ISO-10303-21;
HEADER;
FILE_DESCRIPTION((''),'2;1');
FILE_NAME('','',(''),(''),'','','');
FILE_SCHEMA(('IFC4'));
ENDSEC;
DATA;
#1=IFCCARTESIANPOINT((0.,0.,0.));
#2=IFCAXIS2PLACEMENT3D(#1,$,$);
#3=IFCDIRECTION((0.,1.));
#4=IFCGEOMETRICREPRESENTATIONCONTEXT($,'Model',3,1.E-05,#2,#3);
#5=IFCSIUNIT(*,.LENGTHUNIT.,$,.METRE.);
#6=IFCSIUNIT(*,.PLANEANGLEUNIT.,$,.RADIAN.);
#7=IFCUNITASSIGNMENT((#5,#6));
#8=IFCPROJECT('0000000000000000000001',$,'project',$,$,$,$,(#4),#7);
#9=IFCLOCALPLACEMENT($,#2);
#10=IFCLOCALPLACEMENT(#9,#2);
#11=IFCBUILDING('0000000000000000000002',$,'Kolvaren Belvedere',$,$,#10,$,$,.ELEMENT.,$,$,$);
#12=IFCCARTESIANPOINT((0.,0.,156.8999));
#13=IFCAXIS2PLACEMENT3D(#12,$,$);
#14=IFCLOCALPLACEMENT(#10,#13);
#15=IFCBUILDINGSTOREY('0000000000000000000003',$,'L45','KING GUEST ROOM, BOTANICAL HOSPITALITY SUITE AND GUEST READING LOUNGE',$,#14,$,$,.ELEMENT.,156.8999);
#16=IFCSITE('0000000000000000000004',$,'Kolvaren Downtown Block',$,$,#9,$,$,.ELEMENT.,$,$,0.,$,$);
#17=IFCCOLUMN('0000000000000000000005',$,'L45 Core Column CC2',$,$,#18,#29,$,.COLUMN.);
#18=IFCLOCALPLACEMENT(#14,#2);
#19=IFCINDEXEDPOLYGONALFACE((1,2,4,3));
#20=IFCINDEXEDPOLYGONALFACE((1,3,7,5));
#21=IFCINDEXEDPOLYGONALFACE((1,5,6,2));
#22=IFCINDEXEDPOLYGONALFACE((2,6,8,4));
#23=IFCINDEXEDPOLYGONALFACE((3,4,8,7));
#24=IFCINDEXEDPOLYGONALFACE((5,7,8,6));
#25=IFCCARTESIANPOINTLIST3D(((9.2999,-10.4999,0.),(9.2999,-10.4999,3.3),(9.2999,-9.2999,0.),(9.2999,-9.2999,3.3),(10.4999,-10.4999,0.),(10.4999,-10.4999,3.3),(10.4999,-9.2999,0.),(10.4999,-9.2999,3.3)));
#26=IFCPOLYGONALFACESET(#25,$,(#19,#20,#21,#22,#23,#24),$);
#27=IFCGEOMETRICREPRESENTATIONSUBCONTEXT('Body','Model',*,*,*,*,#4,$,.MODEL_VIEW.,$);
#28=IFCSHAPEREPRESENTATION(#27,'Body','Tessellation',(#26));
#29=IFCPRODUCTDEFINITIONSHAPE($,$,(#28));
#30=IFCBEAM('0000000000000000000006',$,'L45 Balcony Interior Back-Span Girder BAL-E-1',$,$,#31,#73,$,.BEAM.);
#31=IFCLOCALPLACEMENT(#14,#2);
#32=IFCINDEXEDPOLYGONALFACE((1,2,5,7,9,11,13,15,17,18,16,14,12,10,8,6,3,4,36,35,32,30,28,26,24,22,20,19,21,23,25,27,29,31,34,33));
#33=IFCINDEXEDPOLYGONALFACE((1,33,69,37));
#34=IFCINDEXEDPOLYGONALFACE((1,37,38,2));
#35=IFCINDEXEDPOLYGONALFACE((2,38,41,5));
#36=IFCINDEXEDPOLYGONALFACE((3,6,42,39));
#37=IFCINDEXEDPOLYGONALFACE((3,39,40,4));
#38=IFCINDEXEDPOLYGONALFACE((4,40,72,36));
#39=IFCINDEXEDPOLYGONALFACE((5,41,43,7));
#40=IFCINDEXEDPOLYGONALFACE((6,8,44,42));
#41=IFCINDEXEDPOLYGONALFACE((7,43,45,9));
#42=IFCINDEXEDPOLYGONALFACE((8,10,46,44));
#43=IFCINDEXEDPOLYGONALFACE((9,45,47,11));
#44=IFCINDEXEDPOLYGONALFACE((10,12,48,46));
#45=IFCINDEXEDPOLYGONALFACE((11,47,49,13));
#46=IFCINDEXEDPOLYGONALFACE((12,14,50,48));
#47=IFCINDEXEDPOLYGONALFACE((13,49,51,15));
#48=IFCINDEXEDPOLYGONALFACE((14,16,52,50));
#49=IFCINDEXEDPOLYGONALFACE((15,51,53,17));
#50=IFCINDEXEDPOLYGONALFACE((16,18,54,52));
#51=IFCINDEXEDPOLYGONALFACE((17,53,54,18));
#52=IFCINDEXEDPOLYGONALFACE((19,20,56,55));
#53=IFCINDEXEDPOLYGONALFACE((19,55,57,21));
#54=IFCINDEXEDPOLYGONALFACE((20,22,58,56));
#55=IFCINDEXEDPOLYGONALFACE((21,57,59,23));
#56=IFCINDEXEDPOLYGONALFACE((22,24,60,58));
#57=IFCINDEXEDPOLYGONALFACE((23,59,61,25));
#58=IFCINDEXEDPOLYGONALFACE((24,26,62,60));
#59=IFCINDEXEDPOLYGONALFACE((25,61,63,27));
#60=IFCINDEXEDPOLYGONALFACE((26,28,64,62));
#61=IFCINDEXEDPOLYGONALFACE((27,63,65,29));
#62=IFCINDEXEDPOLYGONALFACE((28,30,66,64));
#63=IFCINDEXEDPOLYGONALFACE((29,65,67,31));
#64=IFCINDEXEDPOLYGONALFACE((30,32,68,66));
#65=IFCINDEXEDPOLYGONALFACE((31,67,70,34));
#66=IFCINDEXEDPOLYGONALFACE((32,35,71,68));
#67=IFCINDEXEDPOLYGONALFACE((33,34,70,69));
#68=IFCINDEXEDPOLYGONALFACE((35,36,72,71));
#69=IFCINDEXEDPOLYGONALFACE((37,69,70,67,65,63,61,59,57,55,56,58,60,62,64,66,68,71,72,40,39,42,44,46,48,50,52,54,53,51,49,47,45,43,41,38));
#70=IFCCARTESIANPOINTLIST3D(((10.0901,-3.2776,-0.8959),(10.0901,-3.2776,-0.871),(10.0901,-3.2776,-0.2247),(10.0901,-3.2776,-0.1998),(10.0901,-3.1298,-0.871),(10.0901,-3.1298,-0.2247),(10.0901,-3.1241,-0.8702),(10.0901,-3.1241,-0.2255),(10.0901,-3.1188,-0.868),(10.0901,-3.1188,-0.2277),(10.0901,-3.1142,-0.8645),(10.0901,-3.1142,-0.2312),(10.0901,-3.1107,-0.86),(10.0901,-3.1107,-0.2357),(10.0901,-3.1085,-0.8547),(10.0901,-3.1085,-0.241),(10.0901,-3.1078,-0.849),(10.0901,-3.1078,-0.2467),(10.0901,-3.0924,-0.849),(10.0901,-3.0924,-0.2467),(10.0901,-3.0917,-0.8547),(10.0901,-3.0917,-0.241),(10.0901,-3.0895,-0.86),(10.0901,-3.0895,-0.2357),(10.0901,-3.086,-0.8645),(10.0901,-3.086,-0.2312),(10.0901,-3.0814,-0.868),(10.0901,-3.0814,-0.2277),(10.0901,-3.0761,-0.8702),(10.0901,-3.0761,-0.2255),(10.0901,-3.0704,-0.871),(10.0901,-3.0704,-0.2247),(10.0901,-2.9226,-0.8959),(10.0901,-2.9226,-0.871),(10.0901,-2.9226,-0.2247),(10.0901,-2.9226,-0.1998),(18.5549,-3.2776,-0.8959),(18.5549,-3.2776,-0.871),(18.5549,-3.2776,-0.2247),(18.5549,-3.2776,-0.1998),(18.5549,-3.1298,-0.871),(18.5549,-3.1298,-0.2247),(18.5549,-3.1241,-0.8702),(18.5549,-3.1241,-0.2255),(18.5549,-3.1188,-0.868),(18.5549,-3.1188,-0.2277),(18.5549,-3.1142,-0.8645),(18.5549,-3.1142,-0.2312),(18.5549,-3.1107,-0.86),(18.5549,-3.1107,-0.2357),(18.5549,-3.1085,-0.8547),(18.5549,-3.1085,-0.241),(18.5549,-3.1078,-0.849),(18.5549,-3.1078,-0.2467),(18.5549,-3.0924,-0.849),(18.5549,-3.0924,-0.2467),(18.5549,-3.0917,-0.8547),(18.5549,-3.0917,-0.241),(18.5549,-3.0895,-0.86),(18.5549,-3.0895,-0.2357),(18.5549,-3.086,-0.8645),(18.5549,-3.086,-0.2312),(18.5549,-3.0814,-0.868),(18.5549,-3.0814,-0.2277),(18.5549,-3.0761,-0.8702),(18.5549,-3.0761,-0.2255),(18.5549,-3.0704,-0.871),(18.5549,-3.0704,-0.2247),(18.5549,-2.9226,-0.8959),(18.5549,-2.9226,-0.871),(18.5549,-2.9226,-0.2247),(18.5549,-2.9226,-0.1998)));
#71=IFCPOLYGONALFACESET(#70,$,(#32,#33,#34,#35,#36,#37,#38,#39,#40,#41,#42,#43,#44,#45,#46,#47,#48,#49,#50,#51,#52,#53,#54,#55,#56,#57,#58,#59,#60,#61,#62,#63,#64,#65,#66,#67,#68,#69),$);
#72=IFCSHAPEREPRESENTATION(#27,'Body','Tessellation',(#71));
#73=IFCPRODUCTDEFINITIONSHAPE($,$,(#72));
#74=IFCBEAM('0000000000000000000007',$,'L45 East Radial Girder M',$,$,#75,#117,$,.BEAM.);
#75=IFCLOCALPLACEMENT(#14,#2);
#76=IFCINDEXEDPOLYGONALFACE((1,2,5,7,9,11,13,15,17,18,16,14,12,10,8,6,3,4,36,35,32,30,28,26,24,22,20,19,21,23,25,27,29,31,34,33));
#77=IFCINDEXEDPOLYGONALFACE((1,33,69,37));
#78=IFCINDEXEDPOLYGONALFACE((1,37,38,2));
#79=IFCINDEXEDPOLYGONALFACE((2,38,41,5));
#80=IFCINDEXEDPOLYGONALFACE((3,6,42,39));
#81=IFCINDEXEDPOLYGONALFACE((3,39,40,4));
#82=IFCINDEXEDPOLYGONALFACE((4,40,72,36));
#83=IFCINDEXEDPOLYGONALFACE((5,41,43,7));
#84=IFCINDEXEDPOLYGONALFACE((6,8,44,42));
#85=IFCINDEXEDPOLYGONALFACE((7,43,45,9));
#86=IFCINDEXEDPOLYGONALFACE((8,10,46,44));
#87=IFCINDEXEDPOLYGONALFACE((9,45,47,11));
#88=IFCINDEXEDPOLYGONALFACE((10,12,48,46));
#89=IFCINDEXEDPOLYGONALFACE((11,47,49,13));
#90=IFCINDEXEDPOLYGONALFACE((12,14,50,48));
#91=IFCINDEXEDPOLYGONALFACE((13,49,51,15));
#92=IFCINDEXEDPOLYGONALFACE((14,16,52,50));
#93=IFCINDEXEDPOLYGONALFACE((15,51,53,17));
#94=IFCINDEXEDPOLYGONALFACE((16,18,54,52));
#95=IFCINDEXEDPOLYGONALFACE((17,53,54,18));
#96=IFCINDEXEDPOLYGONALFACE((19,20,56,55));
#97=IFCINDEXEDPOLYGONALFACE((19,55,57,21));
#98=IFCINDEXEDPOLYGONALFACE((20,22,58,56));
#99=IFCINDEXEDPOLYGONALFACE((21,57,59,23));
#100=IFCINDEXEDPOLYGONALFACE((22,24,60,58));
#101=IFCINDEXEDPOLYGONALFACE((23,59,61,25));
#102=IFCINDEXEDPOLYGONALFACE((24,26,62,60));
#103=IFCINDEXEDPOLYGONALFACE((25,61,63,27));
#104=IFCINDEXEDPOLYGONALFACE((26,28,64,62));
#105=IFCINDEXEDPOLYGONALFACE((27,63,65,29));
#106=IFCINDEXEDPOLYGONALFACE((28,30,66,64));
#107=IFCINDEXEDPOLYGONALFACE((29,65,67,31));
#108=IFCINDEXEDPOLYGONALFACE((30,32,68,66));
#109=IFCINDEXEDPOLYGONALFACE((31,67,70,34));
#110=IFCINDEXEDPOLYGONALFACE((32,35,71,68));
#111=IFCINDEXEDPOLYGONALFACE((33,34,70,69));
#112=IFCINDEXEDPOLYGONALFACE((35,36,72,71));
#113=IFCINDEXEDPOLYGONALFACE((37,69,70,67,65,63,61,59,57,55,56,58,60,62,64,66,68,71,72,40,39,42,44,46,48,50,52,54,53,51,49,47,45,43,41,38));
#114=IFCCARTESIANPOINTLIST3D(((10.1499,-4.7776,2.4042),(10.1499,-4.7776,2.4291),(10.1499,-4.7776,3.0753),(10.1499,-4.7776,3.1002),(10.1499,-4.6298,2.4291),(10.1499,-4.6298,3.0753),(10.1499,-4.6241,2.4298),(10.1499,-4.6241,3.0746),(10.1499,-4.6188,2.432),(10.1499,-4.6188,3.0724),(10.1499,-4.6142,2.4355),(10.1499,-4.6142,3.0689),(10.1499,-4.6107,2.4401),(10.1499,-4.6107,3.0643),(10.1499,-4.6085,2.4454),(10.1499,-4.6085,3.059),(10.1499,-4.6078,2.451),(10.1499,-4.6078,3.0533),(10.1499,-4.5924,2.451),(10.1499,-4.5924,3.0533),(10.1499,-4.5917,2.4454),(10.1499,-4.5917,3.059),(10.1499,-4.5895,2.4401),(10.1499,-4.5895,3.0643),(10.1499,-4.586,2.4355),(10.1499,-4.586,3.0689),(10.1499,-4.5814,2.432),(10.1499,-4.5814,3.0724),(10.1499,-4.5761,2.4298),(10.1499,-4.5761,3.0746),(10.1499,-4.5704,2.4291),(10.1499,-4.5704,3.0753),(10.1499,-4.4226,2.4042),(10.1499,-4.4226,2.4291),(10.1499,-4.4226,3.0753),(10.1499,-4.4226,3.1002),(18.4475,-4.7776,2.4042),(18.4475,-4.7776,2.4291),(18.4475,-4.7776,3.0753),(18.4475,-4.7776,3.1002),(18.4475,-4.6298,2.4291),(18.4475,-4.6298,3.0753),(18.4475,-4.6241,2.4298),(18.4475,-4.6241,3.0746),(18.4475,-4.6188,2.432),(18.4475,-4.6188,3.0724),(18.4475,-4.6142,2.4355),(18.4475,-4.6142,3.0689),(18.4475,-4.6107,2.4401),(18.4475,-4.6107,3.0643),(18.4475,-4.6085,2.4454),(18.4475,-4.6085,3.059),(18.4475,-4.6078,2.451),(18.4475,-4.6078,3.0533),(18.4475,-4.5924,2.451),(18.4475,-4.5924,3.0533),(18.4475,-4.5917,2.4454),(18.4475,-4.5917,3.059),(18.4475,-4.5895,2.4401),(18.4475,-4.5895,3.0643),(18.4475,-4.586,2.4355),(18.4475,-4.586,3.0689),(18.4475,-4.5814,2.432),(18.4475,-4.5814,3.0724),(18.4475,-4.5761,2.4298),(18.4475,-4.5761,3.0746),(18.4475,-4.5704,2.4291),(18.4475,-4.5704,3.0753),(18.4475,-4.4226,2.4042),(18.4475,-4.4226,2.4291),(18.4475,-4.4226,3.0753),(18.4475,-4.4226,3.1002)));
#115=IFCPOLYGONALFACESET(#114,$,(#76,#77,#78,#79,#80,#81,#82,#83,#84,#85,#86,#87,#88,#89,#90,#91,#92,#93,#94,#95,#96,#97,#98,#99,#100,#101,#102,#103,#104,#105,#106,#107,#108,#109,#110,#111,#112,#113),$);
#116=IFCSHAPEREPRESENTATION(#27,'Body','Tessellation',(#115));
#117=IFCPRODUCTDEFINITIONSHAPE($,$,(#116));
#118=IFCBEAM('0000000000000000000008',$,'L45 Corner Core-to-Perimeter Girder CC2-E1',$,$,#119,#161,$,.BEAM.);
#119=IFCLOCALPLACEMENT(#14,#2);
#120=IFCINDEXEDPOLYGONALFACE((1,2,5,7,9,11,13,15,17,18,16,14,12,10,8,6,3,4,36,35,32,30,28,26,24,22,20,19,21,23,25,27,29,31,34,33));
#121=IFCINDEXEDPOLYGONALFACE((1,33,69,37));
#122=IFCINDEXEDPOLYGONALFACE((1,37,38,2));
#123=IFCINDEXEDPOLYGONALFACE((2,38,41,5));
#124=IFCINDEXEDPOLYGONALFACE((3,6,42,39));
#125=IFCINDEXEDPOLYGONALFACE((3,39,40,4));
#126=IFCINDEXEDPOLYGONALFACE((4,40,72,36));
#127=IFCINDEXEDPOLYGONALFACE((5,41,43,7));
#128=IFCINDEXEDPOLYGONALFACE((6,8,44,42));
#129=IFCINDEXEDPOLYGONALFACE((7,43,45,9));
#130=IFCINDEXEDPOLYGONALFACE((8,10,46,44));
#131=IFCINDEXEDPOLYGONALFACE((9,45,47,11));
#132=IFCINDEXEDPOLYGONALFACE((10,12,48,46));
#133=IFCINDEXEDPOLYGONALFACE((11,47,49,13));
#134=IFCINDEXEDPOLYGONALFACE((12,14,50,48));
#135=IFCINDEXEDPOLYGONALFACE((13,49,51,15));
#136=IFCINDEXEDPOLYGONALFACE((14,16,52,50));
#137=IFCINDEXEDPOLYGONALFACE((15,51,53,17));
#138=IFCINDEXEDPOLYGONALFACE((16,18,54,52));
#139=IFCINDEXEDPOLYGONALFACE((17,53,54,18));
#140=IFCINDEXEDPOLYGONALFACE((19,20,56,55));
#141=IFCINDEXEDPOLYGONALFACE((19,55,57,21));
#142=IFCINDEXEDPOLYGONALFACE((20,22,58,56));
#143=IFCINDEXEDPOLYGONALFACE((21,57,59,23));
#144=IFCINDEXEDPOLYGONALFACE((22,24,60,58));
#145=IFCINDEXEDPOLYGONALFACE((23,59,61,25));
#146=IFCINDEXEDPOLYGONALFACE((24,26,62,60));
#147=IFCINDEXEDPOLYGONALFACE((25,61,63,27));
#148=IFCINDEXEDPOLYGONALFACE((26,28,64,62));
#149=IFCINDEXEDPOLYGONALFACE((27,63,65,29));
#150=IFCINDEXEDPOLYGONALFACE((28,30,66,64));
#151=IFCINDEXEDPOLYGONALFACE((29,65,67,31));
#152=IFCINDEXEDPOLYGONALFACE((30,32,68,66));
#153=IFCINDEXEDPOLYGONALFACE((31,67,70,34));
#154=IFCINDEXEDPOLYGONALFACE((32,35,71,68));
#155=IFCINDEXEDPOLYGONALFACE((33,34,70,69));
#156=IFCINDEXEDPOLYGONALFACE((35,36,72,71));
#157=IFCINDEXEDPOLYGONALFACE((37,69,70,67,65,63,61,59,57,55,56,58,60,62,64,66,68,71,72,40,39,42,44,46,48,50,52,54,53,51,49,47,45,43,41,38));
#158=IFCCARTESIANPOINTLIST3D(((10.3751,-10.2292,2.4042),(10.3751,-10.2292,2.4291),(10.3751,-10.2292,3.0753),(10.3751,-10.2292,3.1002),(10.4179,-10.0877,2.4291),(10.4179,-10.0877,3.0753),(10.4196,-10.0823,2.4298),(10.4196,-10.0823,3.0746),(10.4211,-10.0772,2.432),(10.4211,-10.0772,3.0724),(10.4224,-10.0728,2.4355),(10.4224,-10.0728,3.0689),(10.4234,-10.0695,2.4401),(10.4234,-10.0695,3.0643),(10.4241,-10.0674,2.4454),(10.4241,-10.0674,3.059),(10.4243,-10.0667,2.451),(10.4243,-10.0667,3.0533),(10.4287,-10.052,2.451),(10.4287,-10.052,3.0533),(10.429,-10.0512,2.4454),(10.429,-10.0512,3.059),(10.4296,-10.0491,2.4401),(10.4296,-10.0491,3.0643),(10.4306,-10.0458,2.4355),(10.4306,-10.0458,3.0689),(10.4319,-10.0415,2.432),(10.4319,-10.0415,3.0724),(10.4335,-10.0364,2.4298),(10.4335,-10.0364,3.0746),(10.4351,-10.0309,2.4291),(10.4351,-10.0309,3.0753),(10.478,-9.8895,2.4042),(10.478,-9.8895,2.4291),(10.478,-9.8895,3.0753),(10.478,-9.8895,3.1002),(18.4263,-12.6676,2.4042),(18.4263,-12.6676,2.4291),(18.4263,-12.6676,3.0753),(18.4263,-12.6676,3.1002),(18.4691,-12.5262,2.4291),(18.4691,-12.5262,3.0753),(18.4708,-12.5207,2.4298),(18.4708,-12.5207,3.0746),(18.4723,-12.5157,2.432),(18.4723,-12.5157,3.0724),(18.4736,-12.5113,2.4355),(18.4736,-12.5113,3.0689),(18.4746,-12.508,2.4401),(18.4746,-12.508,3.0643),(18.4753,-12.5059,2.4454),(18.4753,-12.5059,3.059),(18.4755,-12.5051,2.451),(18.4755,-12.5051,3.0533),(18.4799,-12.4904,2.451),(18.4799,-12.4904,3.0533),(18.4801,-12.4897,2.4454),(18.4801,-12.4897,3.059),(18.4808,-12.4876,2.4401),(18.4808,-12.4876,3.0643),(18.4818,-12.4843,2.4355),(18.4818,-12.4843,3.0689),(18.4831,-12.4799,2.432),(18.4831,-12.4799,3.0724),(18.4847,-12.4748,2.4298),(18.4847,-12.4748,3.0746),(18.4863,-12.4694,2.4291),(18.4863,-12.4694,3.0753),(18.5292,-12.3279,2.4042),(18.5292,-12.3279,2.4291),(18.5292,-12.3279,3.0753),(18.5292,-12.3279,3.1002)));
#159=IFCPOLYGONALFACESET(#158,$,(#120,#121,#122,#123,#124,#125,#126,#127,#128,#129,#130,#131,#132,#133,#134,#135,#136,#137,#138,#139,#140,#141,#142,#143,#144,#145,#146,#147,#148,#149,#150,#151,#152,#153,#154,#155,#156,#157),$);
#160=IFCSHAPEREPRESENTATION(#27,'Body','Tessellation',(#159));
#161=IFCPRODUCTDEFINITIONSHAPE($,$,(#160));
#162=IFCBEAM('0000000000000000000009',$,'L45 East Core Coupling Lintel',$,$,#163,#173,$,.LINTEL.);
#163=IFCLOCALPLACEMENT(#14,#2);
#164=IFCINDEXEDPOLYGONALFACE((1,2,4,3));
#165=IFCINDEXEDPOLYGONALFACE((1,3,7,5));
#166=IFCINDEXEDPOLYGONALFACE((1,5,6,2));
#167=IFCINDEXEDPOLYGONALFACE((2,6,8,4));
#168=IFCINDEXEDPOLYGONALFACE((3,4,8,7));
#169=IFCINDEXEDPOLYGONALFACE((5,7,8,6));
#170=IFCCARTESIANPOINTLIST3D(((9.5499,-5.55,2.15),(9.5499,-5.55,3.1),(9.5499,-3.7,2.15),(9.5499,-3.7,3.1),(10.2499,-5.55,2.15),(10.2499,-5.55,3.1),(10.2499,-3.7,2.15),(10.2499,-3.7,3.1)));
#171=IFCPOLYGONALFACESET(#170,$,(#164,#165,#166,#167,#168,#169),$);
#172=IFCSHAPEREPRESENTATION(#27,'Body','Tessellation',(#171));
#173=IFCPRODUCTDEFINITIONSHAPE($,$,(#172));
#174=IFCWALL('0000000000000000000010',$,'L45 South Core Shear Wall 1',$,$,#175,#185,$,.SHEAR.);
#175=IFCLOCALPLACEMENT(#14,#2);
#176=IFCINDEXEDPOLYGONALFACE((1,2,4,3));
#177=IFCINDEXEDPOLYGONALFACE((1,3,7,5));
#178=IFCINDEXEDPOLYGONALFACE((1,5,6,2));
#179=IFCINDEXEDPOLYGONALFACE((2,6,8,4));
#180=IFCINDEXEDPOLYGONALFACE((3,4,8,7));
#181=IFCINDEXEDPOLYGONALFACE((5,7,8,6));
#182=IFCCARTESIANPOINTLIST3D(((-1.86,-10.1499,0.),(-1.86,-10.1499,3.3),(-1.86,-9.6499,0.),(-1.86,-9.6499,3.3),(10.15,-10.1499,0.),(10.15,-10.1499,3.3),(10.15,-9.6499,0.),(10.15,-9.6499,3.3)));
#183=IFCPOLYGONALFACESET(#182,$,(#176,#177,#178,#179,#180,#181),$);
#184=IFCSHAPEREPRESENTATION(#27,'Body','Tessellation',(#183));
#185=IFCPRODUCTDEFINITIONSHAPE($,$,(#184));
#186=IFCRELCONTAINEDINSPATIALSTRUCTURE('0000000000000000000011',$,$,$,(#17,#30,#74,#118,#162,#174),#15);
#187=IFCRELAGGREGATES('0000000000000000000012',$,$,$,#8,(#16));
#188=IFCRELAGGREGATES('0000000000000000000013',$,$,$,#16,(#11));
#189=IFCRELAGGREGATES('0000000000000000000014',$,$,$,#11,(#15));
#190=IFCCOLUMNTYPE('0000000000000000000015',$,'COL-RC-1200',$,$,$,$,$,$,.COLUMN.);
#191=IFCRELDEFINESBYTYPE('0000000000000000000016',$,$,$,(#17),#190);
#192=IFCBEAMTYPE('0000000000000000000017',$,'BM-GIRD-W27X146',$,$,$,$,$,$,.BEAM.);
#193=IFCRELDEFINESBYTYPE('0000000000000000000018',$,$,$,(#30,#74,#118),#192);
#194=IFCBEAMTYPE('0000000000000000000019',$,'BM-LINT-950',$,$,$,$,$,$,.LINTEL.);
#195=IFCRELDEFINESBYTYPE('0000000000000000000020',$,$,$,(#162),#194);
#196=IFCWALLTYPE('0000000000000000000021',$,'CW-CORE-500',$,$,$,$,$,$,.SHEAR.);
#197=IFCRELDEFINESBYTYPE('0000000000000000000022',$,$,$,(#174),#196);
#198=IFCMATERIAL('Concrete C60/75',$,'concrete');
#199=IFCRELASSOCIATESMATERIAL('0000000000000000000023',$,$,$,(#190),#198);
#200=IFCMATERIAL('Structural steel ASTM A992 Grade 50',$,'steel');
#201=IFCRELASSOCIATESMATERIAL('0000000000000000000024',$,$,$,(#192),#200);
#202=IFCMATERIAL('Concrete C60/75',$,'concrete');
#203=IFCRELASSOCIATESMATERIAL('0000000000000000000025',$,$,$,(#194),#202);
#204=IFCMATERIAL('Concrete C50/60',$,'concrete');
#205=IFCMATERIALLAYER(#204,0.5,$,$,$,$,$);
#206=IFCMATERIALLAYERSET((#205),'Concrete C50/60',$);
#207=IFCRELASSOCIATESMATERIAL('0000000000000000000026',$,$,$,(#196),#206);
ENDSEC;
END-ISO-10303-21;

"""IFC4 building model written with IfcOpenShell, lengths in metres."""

from ifc_helpers import new_model, si_unit, direction, frame, frame_2d, origin, origin_2d, place, context, subcontext, project, spatial, rectangle, i_section, extrude, material, layer, layer_set, material_profile, profile_set, type_object, element, save


model = new_model("IFC4")

# Units and contexts
model_context = context("Model", 3, precision=1e-05, world=origin(), true_north=direction((0.0, 1.0)))
body_context = subcontext(model_context, "Body", "Model", "MODEL_VIEW")
ifc_project = project(units=[si_unit("LENGTHUNIT", "METRE"), si_unit("PLANEANGLEUNIT", "RADIAN")], contexts=[model_context])

# Site, building, storey
site_placement = place(None, origin())
site = spatial("IfcSite", under=ifc_project, at=site_placement, Name="Kolvaren Downtown Block", CompositionType="ELEMENT", RefElevation=0.0)
building_placement = place(site_placement, origin())
building = spatial("IfcBuilding", under=site, at=building_placement, Name="Kolvaren Belvedere", CompositionType="ELEMENT")
storey_placement = place(building_placement, frame((0.0, 0.0, 156.8999)))
storey = spatial("IfcBuildingStorey", under=building, at=storey_placement, Name="L45", Description="KING GUEST ROOM, BOTANICAL HOSPITALITY SUITE AND GUEST READING LOUNGE", CompositionType="ELEMENT", Elevation=156.8999)

# Column
ifc_material_1 = material(Name="Concrete C60/75", Category="concrete")
ifc_material_profile_1 = material_profile(ifc_material_1, rectangle(XDim=1.2, YDim=1.2, at=origin_2d()), Name="RC 1200X1200")
ifc_profile_set_1 = profile_set([ifc_material_profile_1], Name="Concrete C60/75")
column_type = type_object("IfcColumnType", Name="COL-RC-1200", PredefinedType="COLUMN", material=ifc_profile_set_1)
column_placement = place(storey_placement, frame((9.8999, -9.8999, 0.0), z_axis=(0.0, 0.0, 1.0), x_axis=(1.0, 0.0, 0.0)))
element("IfcColumn", 1, at=column_placement, inside=storey, type_object=column_type, Name="L45 Core Column CC2", PredefinedType="COLUMN", context=body_context, shape_type="SweptSolid", body=[
    extrude(rectangle(XDim=1.2, YDim=1.2, at=origin_2d()), origin(), (0.0, 0.0, 1.0), 3.3),
])

# Beams
ifc_material_2 = material(Name="Structural steel ASTM A992 Grade 50", Category="steel")
ifc_material_profile_2 = material_profile(ifc_material_2, i_section(OverallWidth=0.355, OverallDepth=0.696, WebThickness=0.0154, FlangeThickness=0.0249, FilletRadius=0.022, at=origin_2d()), Name="W27X146")
ifc_profile_set_2 = profile_set([ifc_material_profile_2], Name="Structural steel ASTM A992 Grade 50")
beam_type_1 = type_object("IfcBeamType", Name="BM-GIRD-W27X146", PredefinedType="BEAM", material=ifc_profile_set_2)
beam_1_placement = place(storey_placement, frame((10.0901, -3.1001, -0.5479), z_axis=(1.0, 0.0, 0.0), x_axis=(0.0, 1.0, 0.0)))
element("IfcBeam", 2, at=beam_1_placement, inside=storey, type_object=beam_type_1, Name="L45 Balcony Interior Back-Span Girder BAL-E-1", PredefinedType="BEAM", context=body_context, shape_type="SweptSolid", body=[
    extrude(i_section(OverallWidth=0.355, OverallDepth=0.696, WebThickness=0.0154, FlangeThickness=0.0249, FilletRadius=0.022, at=origin_2d()), origin(), (0.0, 0.0, 1.0), 8.4648),
])
beam_2_placement = place(storey_placement, frame((10.1499, -4.6001, 2.7522), z_axis=(1.0, 0.0, 0.0), x_axis=(0.0, 1.0, 0.0)))
element("IfcBeam", 3, at=beam_2_placement, inside=storey, type_object=beam_type_1, Name="L45 East Radial Girder M", PredefinedType="BEAM", context=body_context, shape_type="SweptSolid", body=[
    extrude(i_section(OverallWidth=0.355, OverallDepth=0.696, WebThickness=0.0154, FlangeThickness=0.0249, FilletRadius=0.022, at=origin_2d()), origin(), (0.0, 0.0, 1.0), 8.2976),
])
beam_3_placement = place(storey_placement, frame((10.4265, -10.0593, 2.7522), z_axis=(0.957067, -0.289866, 0.0), x_axis=(0.289866, 0.957067, 0.0)))
element("IfcBeam", 4, at=beam_3_placement, inside=storey, type_object=beam_type_1, Name="L45 Corner Core-to-Perimeter Girder CC2-E1", PredefinedType="BEAM", context=body_context, shape_type="SweptSolid", body=[
    extrude(i_section(OverallWidth=0.355, OverallDepth=0.696, WebThickness=0.0154, FlangeThickness=0.0249, FilletRadius=0.022, at=origin_2d()), origin(), (0.0, 0.0, 1.0), 8.4124),
])
ifc_material_3 = material(Name="Concrete C60/75", Category="concrete")
ifc_material_profile_3 = material_profile(ifc_material_3, rectangle(XDim=0.7, YDim=0.95, at=origin_2d()), Name="RC 700X950")
ifc_profile_set_3 = profile_set([ifc_material_profile_3], Name="Concrete C60/75")
beam_type_2 = type_object("IfcBeamType", Name="BM-LINT-950", PredefinedType="LINTEL", material=ifc_profile_set_3)
beam_4_placement = place(storey_placement, frame((9.8999, -5.55, 2.625), z_axis=(0.0, 1.0, 0.0), x_axis=(-1.0, 0.0, 0.0)))
element("IfcBeam", 5, at=beam_4_placement, inside=storey, type_object=beam_type_2, Name="L45 East Core Coupling Lintel", PredefinedType="LINTEL", context=body_context, shape_type="SweptSolid", body=[
    extrude(rectangle(XDim=0.7, YDim=0.95, at=origin_2d()), origin(), (0.0, 0.0, 1.0), 1.8501),
])

# Wall
ifc_material_4 = material(Name="Concrete C50/60", Category="concrete")
ifc_layer_1 = layer(ifc_material_4, 0.5)
ifc_layer_set_1 = layer_set([ifc_layer_1], Name="Concrete C50/60")
wall_type_1 = type_object("IfcWallType", Name="CW-CORE-500", PredefinedType="SHEAR", material=ifc_layer_set_1)
wall_1_placement = place(storey_placement, frame((10.1499, -9.8999, 0.0), z_axis=(0.0, 0.0, 1.0), x_axis=(-1.0, 0.0, 0.0)))
element("IfcWall", 6, at=wall_1_placement, inside=storey, type_object=wall_type_1, Name="L45 South Core Shear Wall 1", PredefinedType="SHEAR", context=body_context, shape_type="SweptSolid", body=[
    extrude(rectangle(XDim=12.01, YDim=0.5, at=frame_2d((6.0049, 0.0))), origin(), (0.0, 0.0, 1.0), 3.3),
])

save(model, "model.ifc")
